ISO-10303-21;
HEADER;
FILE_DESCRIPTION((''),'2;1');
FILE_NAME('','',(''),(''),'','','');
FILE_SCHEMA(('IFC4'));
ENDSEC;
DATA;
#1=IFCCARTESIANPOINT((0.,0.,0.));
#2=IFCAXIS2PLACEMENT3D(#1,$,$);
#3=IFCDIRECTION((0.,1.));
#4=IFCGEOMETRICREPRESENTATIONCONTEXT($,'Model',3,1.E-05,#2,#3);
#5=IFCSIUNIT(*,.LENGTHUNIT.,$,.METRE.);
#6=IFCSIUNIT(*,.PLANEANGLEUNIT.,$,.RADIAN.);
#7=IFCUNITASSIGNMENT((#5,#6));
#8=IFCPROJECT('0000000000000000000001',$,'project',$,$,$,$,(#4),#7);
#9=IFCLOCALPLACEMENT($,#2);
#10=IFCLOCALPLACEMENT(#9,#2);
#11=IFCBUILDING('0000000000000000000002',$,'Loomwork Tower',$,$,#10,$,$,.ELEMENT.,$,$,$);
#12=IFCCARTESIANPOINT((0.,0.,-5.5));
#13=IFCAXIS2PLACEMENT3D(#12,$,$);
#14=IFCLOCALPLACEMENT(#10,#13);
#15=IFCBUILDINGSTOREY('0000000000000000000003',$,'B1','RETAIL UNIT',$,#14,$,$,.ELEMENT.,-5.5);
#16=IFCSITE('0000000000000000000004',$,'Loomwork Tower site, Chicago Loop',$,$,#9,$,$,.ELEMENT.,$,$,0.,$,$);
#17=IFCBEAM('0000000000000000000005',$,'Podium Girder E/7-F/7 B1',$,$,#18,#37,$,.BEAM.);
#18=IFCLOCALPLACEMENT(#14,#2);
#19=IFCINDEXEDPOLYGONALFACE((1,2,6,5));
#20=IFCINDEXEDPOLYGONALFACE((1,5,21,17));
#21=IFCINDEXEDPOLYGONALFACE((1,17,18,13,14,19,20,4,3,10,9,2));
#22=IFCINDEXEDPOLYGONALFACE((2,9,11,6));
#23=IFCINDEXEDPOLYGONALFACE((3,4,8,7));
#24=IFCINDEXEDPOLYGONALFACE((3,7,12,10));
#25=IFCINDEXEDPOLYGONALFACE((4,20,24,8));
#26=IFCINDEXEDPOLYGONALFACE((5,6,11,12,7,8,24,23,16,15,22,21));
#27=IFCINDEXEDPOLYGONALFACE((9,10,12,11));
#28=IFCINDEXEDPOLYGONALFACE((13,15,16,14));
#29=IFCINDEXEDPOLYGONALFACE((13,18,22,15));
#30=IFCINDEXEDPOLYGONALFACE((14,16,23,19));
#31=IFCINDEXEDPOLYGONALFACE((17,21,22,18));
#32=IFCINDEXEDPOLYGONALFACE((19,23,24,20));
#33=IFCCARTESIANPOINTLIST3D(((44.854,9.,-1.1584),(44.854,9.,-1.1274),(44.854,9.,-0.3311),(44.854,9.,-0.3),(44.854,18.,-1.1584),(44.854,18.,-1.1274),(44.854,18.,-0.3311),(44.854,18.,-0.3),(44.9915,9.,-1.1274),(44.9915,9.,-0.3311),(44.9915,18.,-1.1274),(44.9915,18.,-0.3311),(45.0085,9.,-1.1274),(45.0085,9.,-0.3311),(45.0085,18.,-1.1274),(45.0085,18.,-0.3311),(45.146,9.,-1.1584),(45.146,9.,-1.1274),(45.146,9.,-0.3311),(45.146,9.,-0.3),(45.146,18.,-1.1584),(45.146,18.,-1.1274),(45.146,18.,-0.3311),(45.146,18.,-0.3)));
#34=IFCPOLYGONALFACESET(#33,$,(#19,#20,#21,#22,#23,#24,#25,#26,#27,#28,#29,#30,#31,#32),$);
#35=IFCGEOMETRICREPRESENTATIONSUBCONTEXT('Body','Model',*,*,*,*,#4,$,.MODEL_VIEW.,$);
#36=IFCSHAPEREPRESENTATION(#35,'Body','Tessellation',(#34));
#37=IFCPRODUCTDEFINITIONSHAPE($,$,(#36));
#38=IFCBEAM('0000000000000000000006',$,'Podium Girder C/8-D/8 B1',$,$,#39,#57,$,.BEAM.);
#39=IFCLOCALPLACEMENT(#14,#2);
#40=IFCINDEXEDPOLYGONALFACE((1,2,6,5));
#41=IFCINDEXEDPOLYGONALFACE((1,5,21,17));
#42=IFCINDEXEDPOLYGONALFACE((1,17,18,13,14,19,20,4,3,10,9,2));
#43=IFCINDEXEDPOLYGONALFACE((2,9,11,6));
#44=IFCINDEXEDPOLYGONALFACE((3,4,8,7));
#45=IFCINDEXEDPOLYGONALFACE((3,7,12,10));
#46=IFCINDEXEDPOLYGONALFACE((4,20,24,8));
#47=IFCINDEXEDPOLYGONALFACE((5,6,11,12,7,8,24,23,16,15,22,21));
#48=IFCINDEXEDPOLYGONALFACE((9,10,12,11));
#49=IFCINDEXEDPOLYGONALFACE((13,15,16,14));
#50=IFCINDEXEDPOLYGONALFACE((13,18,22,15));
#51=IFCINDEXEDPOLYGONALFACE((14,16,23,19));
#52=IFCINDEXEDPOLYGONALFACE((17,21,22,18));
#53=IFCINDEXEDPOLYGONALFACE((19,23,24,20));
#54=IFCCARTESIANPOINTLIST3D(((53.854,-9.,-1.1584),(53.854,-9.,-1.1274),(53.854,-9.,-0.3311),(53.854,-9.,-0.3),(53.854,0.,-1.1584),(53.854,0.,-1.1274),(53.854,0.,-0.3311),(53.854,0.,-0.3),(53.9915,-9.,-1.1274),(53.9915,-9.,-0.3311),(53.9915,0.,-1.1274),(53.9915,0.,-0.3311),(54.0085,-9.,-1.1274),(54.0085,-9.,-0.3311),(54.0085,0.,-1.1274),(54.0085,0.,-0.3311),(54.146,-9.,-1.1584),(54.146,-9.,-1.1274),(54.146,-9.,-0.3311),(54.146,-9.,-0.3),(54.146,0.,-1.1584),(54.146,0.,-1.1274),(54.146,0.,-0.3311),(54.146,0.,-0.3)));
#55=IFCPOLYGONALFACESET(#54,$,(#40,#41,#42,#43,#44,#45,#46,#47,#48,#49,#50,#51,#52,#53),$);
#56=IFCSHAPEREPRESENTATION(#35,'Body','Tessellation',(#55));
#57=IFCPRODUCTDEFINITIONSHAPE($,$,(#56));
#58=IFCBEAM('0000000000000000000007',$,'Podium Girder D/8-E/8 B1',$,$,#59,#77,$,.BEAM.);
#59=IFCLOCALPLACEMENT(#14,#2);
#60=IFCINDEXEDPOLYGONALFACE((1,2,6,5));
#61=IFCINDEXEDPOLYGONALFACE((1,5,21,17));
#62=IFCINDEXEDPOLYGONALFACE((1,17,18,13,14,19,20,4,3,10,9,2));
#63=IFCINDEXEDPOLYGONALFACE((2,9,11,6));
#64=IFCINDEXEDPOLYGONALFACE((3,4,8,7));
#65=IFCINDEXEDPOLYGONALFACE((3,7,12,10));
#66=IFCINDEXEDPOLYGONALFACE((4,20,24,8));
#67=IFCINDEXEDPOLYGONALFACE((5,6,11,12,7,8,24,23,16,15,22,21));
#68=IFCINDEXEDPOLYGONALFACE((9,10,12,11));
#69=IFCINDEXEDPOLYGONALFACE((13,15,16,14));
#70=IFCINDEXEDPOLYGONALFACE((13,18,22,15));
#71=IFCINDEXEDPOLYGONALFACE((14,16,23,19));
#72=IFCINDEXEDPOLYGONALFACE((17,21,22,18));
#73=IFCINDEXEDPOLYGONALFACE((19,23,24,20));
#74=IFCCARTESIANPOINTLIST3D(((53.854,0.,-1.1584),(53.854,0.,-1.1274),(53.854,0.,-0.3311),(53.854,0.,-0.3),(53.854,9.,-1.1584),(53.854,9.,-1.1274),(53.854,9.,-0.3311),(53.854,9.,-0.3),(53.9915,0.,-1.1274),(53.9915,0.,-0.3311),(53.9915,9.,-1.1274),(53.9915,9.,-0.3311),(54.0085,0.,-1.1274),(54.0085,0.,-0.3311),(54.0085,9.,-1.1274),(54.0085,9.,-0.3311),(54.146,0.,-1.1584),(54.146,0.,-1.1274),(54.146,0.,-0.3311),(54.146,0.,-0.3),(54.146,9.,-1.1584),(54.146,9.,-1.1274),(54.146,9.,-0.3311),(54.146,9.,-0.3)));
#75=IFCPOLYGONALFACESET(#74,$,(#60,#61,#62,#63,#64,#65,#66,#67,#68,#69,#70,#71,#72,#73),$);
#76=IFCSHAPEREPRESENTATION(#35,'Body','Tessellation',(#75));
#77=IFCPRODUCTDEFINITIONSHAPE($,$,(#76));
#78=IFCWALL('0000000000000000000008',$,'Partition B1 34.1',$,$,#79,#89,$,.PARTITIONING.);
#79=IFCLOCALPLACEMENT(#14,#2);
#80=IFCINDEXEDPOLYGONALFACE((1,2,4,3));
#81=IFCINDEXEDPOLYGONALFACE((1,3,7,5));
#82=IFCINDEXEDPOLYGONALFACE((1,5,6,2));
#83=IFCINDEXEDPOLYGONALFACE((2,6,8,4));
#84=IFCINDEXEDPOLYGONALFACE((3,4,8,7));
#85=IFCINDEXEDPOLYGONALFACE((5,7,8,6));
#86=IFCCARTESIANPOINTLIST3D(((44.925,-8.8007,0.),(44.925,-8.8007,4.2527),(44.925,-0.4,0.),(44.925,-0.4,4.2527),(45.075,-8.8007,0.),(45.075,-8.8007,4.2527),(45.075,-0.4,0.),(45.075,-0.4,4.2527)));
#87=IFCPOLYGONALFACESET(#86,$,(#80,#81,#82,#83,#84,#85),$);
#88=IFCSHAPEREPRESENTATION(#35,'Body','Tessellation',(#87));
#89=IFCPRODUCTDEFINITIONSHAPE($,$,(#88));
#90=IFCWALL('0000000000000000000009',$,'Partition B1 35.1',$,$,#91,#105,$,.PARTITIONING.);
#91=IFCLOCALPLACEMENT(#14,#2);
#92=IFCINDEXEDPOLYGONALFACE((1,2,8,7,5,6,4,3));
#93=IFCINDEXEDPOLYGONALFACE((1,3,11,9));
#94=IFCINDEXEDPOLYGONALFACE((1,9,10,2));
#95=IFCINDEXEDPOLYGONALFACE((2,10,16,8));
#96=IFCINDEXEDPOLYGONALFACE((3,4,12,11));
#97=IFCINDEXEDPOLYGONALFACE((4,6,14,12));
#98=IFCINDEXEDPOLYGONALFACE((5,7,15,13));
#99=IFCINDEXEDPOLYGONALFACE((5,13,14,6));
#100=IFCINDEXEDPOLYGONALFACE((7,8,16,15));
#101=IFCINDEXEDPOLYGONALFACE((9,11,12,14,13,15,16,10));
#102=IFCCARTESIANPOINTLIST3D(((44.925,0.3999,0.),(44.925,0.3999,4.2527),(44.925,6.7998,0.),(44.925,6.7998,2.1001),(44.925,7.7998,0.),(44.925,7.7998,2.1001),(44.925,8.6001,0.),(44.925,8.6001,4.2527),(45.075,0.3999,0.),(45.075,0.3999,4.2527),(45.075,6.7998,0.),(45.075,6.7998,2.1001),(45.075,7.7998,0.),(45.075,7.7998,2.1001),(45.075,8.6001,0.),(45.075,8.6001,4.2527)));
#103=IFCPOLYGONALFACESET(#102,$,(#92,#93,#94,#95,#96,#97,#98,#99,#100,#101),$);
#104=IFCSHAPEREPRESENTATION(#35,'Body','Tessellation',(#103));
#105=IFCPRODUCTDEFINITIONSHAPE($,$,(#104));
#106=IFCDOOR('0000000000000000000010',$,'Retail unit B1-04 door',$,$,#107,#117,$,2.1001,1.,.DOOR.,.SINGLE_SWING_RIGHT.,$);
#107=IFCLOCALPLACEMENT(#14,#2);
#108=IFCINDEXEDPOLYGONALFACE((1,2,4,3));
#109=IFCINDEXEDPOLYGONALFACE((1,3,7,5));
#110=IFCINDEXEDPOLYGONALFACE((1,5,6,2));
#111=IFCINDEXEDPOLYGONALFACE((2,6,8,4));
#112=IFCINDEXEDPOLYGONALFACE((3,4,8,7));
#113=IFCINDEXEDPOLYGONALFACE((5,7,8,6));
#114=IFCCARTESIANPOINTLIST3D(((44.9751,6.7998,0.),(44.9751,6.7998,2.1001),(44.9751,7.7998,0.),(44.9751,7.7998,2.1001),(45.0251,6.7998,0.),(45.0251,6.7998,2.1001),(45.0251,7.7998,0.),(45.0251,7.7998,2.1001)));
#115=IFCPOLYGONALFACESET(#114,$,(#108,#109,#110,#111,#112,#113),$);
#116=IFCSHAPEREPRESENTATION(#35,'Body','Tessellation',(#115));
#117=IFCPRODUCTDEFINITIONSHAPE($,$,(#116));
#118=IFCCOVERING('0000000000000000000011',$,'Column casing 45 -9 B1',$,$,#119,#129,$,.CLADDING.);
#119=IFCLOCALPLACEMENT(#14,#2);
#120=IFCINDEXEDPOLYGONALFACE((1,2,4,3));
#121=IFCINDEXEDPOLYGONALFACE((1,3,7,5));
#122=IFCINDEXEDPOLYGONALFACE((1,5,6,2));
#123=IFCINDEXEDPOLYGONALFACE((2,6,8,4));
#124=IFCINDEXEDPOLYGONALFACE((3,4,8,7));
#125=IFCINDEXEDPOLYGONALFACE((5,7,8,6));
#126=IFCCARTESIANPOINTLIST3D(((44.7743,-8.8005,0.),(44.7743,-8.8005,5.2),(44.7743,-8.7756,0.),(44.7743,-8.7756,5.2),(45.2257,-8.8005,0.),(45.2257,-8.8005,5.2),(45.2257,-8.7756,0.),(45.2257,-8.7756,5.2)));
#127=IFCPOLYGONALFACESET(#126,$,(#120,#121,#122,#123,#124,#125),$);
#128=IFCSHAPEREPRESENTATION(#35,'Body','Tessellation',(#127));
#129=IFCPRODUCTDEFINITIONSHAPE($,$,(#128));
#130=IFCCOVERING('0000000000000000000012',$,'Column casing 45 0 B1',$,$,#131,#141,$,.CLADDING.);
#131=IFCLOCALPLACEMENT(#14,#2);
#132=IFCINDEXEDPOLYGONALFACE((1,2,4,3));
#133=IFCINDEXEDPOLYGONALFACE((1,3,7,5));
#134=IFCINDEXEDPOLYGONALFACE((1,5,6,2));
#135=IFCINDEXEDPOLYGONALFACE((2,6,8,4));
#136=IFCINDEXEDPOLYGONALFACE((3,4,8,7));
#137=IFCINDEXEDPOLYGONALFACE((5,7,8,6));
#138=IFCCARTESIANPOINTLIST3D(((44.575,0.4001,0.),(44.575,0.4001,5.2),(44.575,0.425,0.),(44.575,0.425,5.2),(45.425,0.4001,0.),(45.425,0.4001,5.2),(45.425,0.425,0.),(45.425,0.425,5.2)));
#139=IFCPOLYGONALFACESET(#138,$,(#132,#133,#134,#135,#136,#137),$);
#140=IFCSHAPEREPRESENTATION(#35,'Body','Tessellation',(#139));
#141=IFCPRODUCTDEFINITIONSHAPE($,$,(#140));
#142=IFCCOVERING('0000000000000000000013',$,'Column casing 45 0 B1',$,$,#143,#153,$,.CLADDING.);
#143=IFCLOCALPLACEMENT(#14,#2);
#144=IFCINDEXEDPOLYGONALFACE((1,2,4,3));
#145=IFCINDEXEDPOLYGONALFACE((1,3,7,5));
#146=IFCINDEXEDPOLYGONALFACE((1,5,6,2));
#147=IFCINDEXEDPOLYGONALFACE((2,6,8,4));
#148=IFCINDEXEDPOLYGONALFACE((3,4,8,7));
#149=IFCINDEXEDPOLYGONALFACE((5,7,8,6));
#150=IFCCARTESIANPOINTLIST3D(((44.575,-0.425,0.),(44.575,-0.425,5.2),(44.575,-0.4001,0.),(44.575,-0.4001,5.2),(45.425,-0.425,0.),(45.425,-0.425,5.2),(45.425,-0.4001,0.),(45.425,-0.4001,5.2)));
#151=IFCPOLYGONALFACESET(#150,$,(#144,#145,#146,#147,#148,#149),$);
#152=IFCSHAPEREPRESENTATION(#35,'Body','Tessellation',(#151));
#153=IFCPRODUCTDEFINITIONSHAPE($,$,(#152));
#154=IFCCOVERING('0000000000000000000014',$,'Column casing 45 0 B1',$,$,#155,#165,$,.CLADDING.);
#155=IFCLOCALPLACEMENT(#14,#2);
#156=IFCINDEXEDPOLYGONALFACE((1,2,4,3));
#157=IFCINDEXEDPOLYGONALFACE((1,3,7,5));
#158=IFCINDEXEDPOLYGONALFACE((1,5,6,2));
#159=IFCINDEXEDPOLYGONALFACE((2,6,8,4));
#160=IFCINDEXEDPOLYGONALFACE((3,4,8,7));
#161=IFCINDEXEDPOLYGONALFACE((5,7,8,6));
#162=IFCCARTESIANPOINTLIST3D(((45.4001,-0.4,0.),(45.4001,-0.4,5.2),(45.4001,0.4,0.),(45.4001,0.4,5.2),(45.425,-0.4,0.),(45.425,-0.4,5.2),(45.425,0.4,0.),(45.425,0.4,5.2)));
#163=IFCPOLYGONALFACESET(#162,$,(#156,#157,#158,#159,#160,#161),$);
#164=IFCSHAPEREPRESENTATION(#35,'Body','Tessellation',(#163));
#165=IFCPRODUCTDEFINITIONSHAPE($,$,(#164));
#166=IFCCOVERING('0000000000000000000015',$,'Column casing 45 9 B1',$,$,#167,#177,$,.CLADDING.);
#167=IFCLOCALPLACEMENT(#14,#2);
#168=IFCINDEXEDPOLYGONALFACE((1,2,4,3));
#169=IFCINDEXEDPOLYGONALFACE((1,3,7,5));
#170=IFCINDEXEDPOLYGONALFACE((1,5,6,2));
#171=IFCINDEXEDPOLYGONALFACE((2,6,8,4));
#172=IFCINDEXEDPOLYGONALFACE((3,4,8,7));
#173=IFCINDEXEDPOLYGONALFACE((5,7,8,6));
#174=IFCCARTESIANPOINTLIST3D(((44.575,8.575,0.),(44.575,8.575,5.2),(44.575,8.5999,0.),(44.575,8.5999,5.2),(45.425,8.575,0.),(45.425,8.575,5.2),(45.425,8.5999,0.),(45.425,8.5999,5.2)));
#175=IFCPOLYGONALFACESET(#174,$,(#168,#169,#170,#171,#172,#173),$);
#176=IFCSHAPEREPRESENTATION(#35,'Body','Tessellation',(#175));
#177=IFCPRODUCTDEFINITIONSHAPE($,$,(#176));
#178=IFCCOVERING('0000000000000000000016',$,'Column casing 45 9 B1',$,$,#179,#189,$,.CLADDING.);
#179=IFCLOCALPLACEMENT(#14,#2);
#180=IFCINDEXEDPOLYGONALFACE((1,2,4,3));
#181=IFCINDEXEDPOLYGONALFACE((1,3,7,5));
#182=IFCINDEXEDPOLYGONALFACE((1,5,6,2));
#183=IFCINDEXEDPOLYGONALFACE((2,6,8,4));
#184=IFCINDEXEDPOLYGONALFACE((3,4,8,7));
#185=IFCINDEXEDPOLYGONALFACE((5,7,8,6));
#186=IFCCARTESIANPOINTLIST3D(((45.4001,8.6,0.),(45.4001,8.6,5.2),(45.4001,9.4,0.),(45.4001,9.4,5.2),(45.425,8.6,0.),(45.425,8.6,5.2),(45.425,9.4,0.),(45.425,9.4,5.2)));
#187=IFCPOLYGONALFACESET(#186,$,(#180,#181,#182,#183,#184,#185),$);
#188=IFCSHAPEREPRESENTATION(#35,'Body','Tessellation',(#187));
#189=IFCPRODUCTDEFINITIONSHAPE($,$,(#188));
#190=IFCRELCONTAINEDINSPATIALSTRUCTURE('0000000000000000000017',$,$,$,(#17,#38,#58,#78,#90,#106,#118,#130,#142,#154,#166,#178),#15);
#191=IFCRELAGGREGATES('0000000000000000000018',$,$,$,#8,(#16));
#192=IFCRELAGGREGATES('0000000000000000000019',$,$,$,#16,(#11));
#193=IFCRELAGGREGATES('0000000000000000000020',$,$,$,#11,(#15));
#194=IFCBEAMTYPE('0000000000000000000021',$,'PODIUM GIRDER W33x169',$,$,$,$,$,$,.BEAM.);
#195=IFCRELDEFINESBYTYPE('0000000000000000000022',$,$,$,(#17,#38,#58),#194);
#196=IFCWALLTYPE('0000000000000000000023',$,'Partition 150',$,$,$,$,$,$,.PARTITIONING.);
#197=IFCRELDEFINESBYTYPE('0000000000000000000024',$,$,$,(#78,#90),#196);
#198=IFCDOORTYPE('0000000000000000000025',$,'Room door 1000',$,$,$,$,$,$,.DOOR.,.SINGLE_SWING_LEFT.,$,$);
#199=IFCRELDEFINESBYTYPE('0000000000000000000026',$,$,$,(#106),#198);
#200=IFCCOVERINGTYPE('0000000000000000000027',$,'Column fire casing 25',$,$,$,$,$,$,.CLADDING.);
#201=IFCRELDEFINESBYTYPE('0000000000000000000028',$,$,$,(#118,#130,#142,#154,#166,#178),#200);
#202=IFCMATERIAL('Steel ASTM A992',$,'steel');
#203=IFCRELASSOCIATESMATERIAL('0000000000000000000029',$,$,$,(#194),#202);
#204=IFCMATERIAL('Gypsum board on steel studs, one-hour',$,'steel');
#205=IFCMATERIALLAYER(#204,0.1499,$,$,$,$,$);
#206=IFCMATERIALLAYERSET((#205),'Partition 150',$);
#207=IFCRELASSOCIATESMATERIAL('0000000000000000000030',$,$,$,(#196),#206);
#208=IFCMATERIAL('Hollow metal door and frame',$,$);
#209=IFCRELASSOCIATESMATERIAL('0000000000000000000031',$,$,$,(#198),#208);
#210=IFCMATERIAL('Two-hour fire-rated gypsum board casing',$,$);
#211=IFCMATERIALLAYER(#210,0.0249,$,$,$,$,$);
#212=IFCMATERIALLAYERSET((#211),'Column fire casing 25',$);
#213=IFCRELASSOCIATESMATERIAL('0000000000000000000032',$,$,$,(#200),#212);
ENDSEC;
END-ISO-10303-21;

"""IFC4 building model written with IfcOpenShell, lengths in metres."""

from ifc_helpers import new_model, si_unit, direction, frame, frame_2d, origin, origin_2d, place, context, subcontext, project, spatial, rectangle, i_section, extrude, material, layer, layer_set, material_profile, profile_set, type_object, element, fill, save


model = new_model("IFC4")

# Units and contexts
model_context = context("Model", 3, precision=1e-05, world=origin(), true_north=direction((0.0, 1.0)))
body_context = subcontext(model_context, "Body", "Model", "MODEL_VIEW")
ifc_project = project(units=[si_unit("LENGTHUNIT", "METRE"), si_unit("PLANEANGLEUNIT", "RADIAN")], contexts=[model_context])

# Site, building, storey
site_placement = place(None, origin())
site = spatial("IfcSite", under=ifc_project, at=site_placement, Name="Loomwork Tower site, Chicago Loop", CompositionType="ELEMENT", RefElevation=0.0)
building_placement = place(site_placement, origin())
building = spatial("IfcBuilding", under=site, at=building_placement, Name="Loomwork Tower", CompositionType="ELEMENT")
storey_placement = place(building_placement, frame((0.0, 0.0, -5.5)))
storey = spatial("IfcBuildingStorey", under=building, at=storey_placement, Name="B1", Description="RETAIL UNIT", CompositionType="ELEMENT", Elevation=-5.5)

# Beams
ifc_material_1 = material(Name="Steel ASTM A992", Category="steel")
ifc_material_profile_1 = material_profile(ifc_material_1, i_section(OverallWidth=0.292, OverallDepth=0.8584, WebThickness=0.0171, FlangeThickness=0.031, at=origin_2d()), Name="W33x169")
ifc_profile_set_1 = profile_set([ifc_material_profile_1], Name="Steel ASTM A992")
beam_type_1 = type_object("IfcBeamType", Name="PODIUM GIRDER W33x169", PredefinedType="BEAM", material=ifc_profile_set_1)
for number, where, z_axis, x_axis, name in (
    (1, (45.0, 9.0, -0.7292), (0.0, 1.0, 0.0), (-1.0, 0.0, 0.0), "Podium Girder E/7-F/7 B1"),
    (2, (54.0, -9.0, -0.7292), (0.0, 1.0, 0.0), (-1.0, 0.0, 0.0), "Podium Girder C/8-D/8 B1"),
    (3, (54.0, 0.0, -0.7292), (0.0, 1.0, 0.0), (-1.0, 0.0, 0.0), "Podium Girder D/8-E/8 B1"),
):
    element("IfcBeam", number, at=place(storey_placement, frame(where, z_axis=z_axis, x_axis=x_axis)), inside=storey, type_object=beam_type_1, Name=name, PredefinedType="BEAM", context=body_context, shape_type="SweptSolid", body=[
        extrude(i_section(OverallWidth=0.292, OverallDepth=0.8584, WebThickness=0.0171, FlangeThickness=0.031, at=origin_2d()), origin(), (0.0, 0.0, 1.0), 9.0),
    ])

# Wall
ifc_material_2 = material(Name="Gypsum board on steel studs, one-hour", Category="steel")
ifc_layer_1 = layer(ifc_material_2, 0.1499)
ifc_layer_set_1 = layer_set([ifc_layer_1], Name="Partition 150")
wall_type = type_object("IfcWallType", Name="Partition 150", PredefinedType="PARTITIONING", material=ifc_layer_set_1)
wall_1_placement = place(storey_placement, frame((45.0, -8.8005, 0.0), z_axis=(0.0, 0.0, 1.0), x_axis=(0.0, 1.0, 0.0)))
element("IfcWall", 4, at=wall_1_placement, inside=storey, type_object=wall_type, Name="Partition B1 34.1", PredefinedType="PARTITIONING", context=body_context, shape_type="SweptSolid", body=[
    extrude(rectangle(XDim=8.4006, YDim=0.1499, at=frame_2d((4.2002, 0.0))), origin(), (0.0, 0.0, 1.0), 4.2527),
])

# Wall, opening, door
wall_2_placement = place(storey_placement, frame((45.0, 0.3999, 0.0), z_axis=(0.0, 0.0, 1.0), x_axis=(0.0, 1.0, 0.0)))
wall_2 = element("IfcWall", 5, at=wall_2_placement, inside=storey, type_object=wall_type, Name="Partition B1 35.1", PredefinedType="PARTITIONING", context=body_context, shape_type="SweptSolid", body=[
    extrude(rectangle(XDim=8.2002, YDim=0.1499, at=frame_2d((4.1001, 0.0))), origin(), (0.0, 0.0, 1.0), 4.2527),
])
opening_placement = place(wall_2_placement, frame((6.3999, 0.0, 0.0)))
opening = element("IfcOpeningElement", 6, at=opening_placement, cuts=wall_2, PredefinedType="OPENING", context=body_context, shape_type="SweptSolid", body=[
    extrude(rectangle(XDim=1.0, YDim=2.1001, at=frame_2d((0.5, 1.05))), frame((0.0, 0.085, 0.0), z_axis=(0.0, -1.0, 0.0), x_axis=(1.0, 0.0, 0.0)), (0.0, 0.0, 1.0), 0.1699),
])
ifc_material_3 = material(Name="Hollow metal door and frame")
door_type = type_object("IfcDoorType", Name="Room door 1000", OperationType="SINGLE_SWING_LEFT", PredefinedType="DOOR", material=ifc_material_3)
door_placement = place(opening_placement, origin())
door = element("IfcDoor", 7, at=door_placement, inside=storey, type_object=door_type, Name="Retail unit B1-04 door", OperationType="SINGLE_SWING_RIGHT", OverallHeight=2.1001, OverallWidth=1.0, PredefinedType="DOOR", context=body_context, shape_type="SweptSolid", body=[
    extrude(rectangle(XDim=1.0, YDim=2.1001, at=frame_2d((0.5, 1.05))), frame((0.0, 0.0249, 0.0), z_axis=(0.0, -1.0, 0.0), x_axis=(1.0, 0.0, 0.0)), (0.0, 0.0, 1.0), 0.05),
])
fill(opening, door)

# Coverings
ifc_material_4 = material(Name="Two-hour fire-rated gypsum board casing")
ifc_layer_2 = layer(ifc_material_4, 0.0249)
ifc_layer_set_2 = layer_set([ifc_layer_2], Name="Column fire casing 25")
covering_type = type_object("IfcCoveringType", Name="Column fire casing 25", PredefinedType="CLADDING", material=ifc_layer_set_2)
covering_1_placement = place(storey_placement, frame((45.0, -8.7881, 0.0), z_axis=(0.0, 0.0, 1.0), x_axis=(1.0, 0.0, 0.0)))
element("IfcCovering", 8, at=covering_1_placement, inside=storey, type_object=covering_type, Name="Column casing 45 -9 B1", PredefinedType="CLADDING", context=body_context, shape_type="SweptSolid", body=[
    extrude(rectangle(XDim=0.4514, YDim=0.0249, at=origin_2d()), origin(), (0.0, 0.0, 1.0), 5.2),
])
for number, where, z_axis, x_axis, name in (
    (9, (45.0, 0.4126, 0.0), (0.0, 0.0, 1.0), (1.0, 0.0, 0.0), "Column casing 45 0 B1"),
    (10, (45.0, -0.4126, 0.0), (0.0, 0.0, 1.0), (1.0, 0.0, 0.0), "Column casing 45 0 B1"),
):
    element("IfcCovering", number, at=place(storey_placement, frame(where, z_axis=z_axis, x_axis=x_axis)), inside=storey, type_object=covering_type, Name=name, PredefinedType="CLADDING", context=body_context, shape_type="SweptSolid", body=[
        extrude(rectangle(XDim=0.8501, YDim=0.0249, at=origin_2d()), origin(), (0.0, 0.0, 1.0), 5.2),
    ])
covering_2_placement = place(storey_placement, frame((45.4126, 0.0, 0.0), z_axis=(0.0, 0.0, 1.0), x_axis=(1.0, 0.0, 0.0)))
element("IfcCovering", 11, at=covering_2_placement, inside=storey, type_object=covering_type, Name="Column casing 45 0 B1", PredefinedType="CLADDING", context=body_context, shape_type="SweptSolid", body=[
    extrude(rectangle(XDim=0.0249, YDim=0.8, at=origin_2d()), origin(), (0.0, 0.0, 1.0), 5.2),
])
covering_3_placement = place(storey_placement, frame((45.0, 8.5874, 0.0), z_axis=(0.0, 0.0, 1.0), x_axis=(1.0, 0.0, 0.0)))
element("IfcCovering", 12, at=covering_3_placement, inside=storey, type_object=covering_type, Name="Column casing 45 9 B1", PredefinedType="CLADDING", context=body_context, shape_type="SweptSolid", body=[
    extrude(rectangle(XDim=0.8501, YDim=0.0249, at=origin_2d()), origin(), (0.0, 0.0, 1.0), 5.2),
])
covering_4_placement = place(storey_placement, frame((45.4126, 9.0, 0.0), z_axis=(0.0, 0.0, 1.0), x_axis=(1.0, 0.0, 0.0)))
element("IfcCovering", 13, at=covering_4_placement, inside=storey, type_object=covering_type, Name="Column casing 45 9 B1", PredefinedType="CLADDING", context=body_context, shape_type="SweptSolid", body=[
    extrude(rectangle(XDim=0.0249, YDim=0.8, at=origin_2d()), origin(), (0.0, 0.0, 1.0), 5.2),
])

save(model, "model.ifc")
